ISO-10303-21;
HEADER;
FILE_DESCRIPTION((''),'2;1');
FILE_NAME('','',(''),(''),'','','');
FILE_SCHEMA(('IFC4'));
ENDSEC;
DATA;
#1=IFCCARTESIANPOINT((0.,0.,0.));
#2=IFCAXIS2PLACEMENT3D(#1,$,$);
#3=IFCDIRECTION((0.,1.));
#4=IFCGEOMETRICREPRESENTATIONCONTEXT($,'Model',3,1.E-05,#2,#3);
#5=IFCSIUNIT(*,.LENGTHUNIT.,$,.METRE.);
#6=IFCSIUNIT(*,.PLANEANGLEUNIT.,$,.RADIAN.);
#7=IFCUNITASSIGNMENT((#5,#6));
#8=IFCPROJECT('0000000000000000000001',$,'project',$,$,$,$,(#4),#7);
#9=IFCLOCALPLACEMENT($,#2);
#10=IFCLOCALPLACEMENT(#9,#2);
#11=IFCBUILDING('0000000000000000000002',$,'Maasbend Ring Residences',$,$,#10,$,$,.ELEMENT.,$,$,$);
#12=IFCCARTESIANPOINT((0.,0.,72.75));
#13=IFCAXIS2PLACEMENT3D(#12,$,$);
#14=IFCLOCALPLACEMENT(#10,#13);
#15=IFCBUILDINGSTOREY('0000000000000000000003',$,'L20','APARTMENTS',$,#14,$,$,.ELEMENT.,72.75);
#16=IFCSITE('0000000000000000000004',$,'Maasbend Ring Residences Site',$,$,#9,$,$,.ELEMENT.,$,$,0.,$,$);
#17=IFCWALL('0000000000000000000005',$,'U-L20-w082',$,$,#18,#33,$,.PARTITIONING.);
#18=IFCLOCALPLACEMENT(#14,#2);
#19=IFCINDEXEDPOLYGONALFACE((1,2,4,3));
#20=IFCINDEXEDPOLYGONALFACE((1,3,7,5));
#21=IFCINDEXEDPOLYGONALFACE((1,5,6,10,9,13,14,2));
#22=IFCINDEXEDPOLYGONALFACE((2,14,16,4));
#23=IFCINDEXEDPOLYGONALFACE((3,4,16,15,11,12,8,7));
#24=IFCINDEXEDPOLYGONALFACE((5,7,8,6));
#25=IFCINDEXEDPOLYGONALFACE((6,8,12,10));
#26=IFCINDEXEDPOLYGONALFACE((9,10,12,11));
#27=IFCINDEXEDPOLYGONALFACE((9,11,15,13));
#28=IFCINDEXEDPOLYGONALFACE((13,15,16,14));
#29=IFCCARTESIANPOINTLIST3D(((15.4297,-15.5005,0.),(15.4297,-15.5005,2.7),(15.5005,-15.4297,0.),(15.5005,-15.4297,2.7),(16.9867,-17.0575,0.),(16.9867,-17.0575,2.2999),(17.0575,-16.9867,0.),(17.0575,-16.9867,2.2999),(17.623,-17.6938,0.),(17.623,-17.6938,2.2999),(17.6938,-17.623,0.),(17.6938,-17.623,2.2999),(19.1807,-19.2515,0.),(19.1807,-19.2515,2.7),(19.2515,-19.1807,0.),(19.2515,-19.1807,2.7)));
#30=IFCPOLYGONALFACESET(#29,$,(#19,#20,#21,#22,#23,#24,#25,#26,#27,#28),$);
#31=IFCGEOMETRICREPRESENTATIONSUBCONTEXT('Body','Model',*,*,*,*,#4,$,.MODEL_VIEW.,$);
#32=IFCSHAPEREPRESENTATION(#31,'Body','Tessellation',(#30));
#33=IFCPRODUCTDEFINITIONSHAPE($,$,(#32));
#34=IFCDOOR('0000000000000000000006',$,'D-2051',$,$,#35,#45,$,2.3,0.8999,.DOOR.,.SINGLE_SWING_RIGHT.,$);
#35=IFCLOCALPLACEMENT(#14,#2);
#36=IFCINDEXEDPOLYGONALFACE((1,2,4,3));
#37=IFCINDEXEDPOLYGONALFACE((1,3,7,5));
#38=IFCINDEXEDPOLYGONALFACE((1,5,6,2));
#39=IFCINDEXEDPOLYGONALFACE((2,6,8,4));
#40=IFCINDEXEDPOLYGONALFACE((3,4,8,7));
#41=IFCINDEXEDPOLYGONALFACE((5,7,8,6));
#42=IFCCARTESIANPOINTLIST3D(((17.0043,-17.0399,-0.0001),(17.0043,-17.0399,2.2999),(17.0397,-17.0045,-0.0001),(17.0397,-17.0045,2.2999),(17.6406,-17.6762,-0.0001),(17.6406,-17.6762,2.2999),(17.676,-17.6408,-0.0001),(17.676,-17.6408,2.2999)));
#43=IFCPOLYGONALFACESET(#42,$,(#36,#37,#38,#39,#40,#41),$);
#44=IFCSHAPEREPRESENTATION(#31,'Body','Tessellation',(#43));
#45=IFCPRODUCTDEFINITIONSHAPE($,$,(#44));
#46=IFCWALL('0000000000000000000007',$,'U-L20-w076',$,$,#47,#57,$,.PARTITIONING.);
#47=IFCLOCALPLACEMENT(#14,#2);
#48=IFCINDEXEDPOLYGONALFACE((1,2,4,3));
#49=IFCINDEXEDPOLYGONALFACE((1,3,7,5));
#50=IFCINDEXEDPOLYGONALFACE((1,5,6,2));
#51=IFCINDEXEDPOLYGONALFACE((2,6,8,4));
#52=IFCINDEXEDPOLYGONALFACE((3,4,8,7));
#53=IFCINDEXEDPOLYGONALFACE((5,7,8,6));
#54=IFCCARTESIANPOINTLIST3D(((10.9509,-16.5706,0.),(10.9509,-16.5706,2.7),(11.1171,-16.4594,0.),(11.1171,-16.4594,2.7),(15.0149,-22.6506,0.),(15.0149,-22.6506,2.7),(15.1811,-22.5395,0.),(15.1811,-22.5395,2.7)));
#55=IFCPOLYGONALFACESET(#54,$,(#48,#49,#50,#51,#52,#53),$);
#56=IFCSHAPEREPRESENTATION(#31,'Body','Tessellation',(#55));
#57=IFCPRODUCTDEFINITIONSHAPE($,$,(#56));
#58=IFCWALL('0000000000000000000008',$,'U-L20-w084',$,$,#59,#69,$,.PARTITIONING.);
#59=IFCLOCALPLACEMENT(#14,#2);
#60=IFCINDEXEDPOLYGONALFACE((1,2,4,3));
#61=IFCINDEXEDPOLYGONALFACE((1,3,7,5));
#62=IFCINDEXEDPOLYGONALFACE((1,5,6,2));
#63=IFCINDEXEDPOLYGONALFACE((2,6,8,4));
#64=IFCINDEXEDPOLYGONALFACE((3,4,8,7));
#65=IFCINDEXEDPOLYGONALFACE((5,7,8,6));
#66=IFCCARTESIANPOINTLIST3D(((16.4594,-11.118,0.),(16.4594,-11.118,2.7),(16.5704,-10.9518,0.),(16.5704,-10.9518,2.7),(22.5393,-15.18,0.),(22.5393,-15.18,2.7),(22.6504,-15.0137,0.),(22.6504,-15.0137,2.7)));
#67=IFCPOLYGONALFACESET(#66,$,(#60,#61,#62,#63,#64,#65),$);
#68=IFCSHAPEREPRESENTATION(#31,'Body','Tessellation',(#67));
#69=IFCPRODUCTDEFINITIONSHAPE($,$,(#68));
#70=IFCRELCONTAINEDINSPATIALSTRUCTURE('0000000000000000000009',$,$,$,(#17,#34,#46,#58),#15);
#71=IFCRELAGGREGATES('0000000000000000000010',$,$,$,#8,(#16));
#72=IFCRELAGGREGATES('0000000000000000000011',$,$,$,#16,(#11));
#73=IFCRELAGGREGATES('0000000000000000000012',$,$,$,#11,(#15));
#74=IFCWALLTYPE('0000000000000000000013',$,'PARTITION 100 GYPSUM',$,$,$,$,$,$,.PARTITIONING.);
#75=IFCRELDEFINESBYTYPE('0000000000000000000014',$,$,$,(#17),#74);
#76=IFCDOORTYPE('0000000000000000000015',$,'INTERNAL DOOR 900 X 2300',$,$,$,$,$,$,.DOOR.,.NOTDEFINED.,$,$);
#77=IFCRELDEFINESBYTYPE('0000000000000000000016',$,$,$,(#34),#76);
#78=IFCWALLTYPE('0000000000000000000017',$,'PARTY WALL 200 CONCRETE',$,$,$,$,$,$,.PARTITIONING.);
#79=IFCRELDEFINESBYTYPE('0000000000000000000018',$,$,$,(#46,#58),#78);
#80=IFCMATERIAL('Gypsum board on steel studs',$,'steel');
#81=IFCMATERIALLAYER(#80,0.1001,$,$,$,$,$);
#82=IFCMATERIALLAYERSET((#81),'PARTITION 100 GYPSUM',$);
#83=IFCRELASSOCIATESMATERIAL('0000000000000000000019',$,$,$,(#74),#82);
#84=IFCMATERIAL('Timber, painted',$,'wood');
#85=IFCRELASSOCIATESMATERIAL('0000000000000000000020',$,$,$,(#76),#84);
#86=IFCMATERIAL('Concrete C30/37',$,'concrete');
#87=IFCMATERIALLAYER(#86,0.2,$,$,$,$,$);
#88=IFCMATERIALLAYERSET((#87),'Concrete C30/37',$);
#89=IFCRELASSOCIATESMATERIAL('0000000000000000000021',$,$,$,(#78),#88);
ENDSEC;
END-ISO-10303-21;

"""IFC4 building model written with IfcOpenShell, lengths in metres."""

from ifc_helpers import new_model, si_unit, direction, frame, frame_2d, origin, place, context, subcontext, project, spatial, rectangle, extrude, material, layer, layer_set, type_object, element, fill, save


model = new_model("IFC4")

# Units and contexts
model_context = context("Model", 3, precision=1e-05, world=origin(), true_north=direction((0.0, 1.0)))
body_context = subcontext(model_context, "Body", "Model", "MODEL_VIEW")
ifc_project = project(units=[si_unit("LENGTHUNIT", "METRE"), si_unit("PLANEANGLEUNIT", "RADIAN")], contexts=[model_context])

# Site, building, storey
site_placement = place(None, origin())
site = spatial("IfcSite", under=ifc_project, at=site_placement, Name="Maasbend Ring Residences Site", CompositionType="ELEMENT", RefElevation=0.0)
building_placement = place(site_placement, origin())
building = spatial("IfcBuilding", under=site, at=building_placement, Name="Maasbend Ring Residences", CompositionType="ELEMENT")
storey_placement = place(building_placement, frame((0.0, 0.0, 72.75)))
storey = spatial("IfcBuildingStorey", under=building, at=storey_placement, Name="L20", Description="APARTMENTS", CompositionType="ELEMENT", Elevation=72.75)

# Shared definitions
ifc_material_1 = material(Name="Gypsum board on steel studs", Category="steel")
ifc_layer_1 = layer(ifc_material_1, 0.1001)
ifc_layer_set_1 = layer_set([ifc_layer_1], Name="PARTITION 100 GYPSUM")
wall_type_1 = type_object("IfcWallType", Name="PARTITION 100 GYPSUM", PredefinedType="PARTITIONING", material=ifc_layer_set_1)

# Wall, opening, door
ifc_material_2 = material(Name="Timber, painted", Category="wood")
door_type_1 = type_object("IfcDoorType", Name="INTERNAL DOOR 900 X 2300", OperationType="NOTDEFINED", PredefinedType="DOOR", material=ifc_material_2)
wall_1_placement = place(storey_placement, frame((15.4651, -15.4651, 0.0), z_axis=(0.0, 0.0, 1.0), x_axis=(0.707107, -0.707107, 0.0)))
wall_1 = element("IfcWall", 1, at=wall_1_placement, inside=storey, type_object=wall_type_1, Name="U-L20-w082", PredefinedType="PARTITIONING", context=body_context, shape_type="SweptSolid", body=[
    extrude(rectangle(XDim=5.3047, YDim=0.1001, at=frame_2d((2.6523, 0.0))), origin(), (0.0, 0.0, 1.0), 2.7),
])
opening_1_placement = place(wall_1_placement, frame((2.2019, 0.0, 0.0)))
opening_1 = element("IfcOpeningElement", 2, at=opening_1_placement, cuts=wall_1, PredefinedType="OPENING", context=body_context, shape_type="SweptSolid", body=[
    extrude(rectangle(XDim=0.8999, YDim=2.3, at=frame_2d((0.45, 1.1499))), frame((0.0, 0.0601, 0.0), z_axis=(0.0, -1.0, 0.0), x_axis=(1.0, 0.0, 0.0)), (0.0, 0.0, 1.0), 0.1201),
])
door_1_placement = place(opening_1_placement, origin())
door_1 = element("IfcDoor", 3, at=door_1_placement, inside=storey, type_object=door_type_1, Name="D-2051", OperationType="SINGLE_SWING_RIGHT", OverallHeight=2.3, OverallWidth=0.8999, PredefinedType="DOOR", context=body_context, shape_type="SweptSolid", body=[
    extrude(rectangle(XDim=0.8999, YDim=2.3, at=frame_2d((0.45, 1.1499))), frame((0.0, 0.0249, 0.0), z_axis=(0.0, -1.0, 0.0), x_axis=(1.0, 0.0, 0.0)), (0.0, 0.0, 1.0), 0.05),
])
fill(opening_1, door_1)

# Walls
ifc_material_3 = material(Name="Concrete C30/37", Category="concrete")
ifc_layer_2 = layer(ifc_material_3, 0.2)
ifc_layer_set_2 = layer_set([ifc_layer_2], Name="Concrete C30/37")
wall_type_2 = type_object("IfcWallType", Name="PARTY WALL 200 CONCRETE", PredefinedType="PARTITIONING", material=ifc_layer_set_2)
wall_2_placement = place(storey_placement, frame((11.0339, -16.5149, 0.0), z_axis=(0.0, 0.0, 1.0), x_axis=(0.555701, -0.831382, 0.0)))
element("IfcWall", 4, at=wall_2_placement, inside=storey, type_object=wall_type_2, Name="U-L20-w076", PredefinedType="PARTITIONING", context=body_context, shape_type="SweptSolid", body=[
    extrude(rectangle(XDim=7.3132, YDim=0.2, at=frame_2d((3.6567, 0.0))), origin(), (0.0, 0.0, 1.0), 2.7),
])
wall_3_placement = place(storey_placement, frame((16.5149, -11.0349, 0.0), z_axis=(0.0, 0.0, 1.0), x_axis=(0.831505, -0.555517, 0.0)))
element("IfcWall", 5, at=wall_3_placement, inside=storey, type_object=wall_type_2, Name="U-L20-w084", PredefinedType="PARTITIONING", context=body_context, shape_type="SweptSolid", body=[
    extrude(rectangle(XDim=7.312, YDim=0.2, at=frame_2d((3.656, 0.0))), origin(), (0.0, 0.0, 1.0), 2.7),
])

save(model, "model.ifc")
